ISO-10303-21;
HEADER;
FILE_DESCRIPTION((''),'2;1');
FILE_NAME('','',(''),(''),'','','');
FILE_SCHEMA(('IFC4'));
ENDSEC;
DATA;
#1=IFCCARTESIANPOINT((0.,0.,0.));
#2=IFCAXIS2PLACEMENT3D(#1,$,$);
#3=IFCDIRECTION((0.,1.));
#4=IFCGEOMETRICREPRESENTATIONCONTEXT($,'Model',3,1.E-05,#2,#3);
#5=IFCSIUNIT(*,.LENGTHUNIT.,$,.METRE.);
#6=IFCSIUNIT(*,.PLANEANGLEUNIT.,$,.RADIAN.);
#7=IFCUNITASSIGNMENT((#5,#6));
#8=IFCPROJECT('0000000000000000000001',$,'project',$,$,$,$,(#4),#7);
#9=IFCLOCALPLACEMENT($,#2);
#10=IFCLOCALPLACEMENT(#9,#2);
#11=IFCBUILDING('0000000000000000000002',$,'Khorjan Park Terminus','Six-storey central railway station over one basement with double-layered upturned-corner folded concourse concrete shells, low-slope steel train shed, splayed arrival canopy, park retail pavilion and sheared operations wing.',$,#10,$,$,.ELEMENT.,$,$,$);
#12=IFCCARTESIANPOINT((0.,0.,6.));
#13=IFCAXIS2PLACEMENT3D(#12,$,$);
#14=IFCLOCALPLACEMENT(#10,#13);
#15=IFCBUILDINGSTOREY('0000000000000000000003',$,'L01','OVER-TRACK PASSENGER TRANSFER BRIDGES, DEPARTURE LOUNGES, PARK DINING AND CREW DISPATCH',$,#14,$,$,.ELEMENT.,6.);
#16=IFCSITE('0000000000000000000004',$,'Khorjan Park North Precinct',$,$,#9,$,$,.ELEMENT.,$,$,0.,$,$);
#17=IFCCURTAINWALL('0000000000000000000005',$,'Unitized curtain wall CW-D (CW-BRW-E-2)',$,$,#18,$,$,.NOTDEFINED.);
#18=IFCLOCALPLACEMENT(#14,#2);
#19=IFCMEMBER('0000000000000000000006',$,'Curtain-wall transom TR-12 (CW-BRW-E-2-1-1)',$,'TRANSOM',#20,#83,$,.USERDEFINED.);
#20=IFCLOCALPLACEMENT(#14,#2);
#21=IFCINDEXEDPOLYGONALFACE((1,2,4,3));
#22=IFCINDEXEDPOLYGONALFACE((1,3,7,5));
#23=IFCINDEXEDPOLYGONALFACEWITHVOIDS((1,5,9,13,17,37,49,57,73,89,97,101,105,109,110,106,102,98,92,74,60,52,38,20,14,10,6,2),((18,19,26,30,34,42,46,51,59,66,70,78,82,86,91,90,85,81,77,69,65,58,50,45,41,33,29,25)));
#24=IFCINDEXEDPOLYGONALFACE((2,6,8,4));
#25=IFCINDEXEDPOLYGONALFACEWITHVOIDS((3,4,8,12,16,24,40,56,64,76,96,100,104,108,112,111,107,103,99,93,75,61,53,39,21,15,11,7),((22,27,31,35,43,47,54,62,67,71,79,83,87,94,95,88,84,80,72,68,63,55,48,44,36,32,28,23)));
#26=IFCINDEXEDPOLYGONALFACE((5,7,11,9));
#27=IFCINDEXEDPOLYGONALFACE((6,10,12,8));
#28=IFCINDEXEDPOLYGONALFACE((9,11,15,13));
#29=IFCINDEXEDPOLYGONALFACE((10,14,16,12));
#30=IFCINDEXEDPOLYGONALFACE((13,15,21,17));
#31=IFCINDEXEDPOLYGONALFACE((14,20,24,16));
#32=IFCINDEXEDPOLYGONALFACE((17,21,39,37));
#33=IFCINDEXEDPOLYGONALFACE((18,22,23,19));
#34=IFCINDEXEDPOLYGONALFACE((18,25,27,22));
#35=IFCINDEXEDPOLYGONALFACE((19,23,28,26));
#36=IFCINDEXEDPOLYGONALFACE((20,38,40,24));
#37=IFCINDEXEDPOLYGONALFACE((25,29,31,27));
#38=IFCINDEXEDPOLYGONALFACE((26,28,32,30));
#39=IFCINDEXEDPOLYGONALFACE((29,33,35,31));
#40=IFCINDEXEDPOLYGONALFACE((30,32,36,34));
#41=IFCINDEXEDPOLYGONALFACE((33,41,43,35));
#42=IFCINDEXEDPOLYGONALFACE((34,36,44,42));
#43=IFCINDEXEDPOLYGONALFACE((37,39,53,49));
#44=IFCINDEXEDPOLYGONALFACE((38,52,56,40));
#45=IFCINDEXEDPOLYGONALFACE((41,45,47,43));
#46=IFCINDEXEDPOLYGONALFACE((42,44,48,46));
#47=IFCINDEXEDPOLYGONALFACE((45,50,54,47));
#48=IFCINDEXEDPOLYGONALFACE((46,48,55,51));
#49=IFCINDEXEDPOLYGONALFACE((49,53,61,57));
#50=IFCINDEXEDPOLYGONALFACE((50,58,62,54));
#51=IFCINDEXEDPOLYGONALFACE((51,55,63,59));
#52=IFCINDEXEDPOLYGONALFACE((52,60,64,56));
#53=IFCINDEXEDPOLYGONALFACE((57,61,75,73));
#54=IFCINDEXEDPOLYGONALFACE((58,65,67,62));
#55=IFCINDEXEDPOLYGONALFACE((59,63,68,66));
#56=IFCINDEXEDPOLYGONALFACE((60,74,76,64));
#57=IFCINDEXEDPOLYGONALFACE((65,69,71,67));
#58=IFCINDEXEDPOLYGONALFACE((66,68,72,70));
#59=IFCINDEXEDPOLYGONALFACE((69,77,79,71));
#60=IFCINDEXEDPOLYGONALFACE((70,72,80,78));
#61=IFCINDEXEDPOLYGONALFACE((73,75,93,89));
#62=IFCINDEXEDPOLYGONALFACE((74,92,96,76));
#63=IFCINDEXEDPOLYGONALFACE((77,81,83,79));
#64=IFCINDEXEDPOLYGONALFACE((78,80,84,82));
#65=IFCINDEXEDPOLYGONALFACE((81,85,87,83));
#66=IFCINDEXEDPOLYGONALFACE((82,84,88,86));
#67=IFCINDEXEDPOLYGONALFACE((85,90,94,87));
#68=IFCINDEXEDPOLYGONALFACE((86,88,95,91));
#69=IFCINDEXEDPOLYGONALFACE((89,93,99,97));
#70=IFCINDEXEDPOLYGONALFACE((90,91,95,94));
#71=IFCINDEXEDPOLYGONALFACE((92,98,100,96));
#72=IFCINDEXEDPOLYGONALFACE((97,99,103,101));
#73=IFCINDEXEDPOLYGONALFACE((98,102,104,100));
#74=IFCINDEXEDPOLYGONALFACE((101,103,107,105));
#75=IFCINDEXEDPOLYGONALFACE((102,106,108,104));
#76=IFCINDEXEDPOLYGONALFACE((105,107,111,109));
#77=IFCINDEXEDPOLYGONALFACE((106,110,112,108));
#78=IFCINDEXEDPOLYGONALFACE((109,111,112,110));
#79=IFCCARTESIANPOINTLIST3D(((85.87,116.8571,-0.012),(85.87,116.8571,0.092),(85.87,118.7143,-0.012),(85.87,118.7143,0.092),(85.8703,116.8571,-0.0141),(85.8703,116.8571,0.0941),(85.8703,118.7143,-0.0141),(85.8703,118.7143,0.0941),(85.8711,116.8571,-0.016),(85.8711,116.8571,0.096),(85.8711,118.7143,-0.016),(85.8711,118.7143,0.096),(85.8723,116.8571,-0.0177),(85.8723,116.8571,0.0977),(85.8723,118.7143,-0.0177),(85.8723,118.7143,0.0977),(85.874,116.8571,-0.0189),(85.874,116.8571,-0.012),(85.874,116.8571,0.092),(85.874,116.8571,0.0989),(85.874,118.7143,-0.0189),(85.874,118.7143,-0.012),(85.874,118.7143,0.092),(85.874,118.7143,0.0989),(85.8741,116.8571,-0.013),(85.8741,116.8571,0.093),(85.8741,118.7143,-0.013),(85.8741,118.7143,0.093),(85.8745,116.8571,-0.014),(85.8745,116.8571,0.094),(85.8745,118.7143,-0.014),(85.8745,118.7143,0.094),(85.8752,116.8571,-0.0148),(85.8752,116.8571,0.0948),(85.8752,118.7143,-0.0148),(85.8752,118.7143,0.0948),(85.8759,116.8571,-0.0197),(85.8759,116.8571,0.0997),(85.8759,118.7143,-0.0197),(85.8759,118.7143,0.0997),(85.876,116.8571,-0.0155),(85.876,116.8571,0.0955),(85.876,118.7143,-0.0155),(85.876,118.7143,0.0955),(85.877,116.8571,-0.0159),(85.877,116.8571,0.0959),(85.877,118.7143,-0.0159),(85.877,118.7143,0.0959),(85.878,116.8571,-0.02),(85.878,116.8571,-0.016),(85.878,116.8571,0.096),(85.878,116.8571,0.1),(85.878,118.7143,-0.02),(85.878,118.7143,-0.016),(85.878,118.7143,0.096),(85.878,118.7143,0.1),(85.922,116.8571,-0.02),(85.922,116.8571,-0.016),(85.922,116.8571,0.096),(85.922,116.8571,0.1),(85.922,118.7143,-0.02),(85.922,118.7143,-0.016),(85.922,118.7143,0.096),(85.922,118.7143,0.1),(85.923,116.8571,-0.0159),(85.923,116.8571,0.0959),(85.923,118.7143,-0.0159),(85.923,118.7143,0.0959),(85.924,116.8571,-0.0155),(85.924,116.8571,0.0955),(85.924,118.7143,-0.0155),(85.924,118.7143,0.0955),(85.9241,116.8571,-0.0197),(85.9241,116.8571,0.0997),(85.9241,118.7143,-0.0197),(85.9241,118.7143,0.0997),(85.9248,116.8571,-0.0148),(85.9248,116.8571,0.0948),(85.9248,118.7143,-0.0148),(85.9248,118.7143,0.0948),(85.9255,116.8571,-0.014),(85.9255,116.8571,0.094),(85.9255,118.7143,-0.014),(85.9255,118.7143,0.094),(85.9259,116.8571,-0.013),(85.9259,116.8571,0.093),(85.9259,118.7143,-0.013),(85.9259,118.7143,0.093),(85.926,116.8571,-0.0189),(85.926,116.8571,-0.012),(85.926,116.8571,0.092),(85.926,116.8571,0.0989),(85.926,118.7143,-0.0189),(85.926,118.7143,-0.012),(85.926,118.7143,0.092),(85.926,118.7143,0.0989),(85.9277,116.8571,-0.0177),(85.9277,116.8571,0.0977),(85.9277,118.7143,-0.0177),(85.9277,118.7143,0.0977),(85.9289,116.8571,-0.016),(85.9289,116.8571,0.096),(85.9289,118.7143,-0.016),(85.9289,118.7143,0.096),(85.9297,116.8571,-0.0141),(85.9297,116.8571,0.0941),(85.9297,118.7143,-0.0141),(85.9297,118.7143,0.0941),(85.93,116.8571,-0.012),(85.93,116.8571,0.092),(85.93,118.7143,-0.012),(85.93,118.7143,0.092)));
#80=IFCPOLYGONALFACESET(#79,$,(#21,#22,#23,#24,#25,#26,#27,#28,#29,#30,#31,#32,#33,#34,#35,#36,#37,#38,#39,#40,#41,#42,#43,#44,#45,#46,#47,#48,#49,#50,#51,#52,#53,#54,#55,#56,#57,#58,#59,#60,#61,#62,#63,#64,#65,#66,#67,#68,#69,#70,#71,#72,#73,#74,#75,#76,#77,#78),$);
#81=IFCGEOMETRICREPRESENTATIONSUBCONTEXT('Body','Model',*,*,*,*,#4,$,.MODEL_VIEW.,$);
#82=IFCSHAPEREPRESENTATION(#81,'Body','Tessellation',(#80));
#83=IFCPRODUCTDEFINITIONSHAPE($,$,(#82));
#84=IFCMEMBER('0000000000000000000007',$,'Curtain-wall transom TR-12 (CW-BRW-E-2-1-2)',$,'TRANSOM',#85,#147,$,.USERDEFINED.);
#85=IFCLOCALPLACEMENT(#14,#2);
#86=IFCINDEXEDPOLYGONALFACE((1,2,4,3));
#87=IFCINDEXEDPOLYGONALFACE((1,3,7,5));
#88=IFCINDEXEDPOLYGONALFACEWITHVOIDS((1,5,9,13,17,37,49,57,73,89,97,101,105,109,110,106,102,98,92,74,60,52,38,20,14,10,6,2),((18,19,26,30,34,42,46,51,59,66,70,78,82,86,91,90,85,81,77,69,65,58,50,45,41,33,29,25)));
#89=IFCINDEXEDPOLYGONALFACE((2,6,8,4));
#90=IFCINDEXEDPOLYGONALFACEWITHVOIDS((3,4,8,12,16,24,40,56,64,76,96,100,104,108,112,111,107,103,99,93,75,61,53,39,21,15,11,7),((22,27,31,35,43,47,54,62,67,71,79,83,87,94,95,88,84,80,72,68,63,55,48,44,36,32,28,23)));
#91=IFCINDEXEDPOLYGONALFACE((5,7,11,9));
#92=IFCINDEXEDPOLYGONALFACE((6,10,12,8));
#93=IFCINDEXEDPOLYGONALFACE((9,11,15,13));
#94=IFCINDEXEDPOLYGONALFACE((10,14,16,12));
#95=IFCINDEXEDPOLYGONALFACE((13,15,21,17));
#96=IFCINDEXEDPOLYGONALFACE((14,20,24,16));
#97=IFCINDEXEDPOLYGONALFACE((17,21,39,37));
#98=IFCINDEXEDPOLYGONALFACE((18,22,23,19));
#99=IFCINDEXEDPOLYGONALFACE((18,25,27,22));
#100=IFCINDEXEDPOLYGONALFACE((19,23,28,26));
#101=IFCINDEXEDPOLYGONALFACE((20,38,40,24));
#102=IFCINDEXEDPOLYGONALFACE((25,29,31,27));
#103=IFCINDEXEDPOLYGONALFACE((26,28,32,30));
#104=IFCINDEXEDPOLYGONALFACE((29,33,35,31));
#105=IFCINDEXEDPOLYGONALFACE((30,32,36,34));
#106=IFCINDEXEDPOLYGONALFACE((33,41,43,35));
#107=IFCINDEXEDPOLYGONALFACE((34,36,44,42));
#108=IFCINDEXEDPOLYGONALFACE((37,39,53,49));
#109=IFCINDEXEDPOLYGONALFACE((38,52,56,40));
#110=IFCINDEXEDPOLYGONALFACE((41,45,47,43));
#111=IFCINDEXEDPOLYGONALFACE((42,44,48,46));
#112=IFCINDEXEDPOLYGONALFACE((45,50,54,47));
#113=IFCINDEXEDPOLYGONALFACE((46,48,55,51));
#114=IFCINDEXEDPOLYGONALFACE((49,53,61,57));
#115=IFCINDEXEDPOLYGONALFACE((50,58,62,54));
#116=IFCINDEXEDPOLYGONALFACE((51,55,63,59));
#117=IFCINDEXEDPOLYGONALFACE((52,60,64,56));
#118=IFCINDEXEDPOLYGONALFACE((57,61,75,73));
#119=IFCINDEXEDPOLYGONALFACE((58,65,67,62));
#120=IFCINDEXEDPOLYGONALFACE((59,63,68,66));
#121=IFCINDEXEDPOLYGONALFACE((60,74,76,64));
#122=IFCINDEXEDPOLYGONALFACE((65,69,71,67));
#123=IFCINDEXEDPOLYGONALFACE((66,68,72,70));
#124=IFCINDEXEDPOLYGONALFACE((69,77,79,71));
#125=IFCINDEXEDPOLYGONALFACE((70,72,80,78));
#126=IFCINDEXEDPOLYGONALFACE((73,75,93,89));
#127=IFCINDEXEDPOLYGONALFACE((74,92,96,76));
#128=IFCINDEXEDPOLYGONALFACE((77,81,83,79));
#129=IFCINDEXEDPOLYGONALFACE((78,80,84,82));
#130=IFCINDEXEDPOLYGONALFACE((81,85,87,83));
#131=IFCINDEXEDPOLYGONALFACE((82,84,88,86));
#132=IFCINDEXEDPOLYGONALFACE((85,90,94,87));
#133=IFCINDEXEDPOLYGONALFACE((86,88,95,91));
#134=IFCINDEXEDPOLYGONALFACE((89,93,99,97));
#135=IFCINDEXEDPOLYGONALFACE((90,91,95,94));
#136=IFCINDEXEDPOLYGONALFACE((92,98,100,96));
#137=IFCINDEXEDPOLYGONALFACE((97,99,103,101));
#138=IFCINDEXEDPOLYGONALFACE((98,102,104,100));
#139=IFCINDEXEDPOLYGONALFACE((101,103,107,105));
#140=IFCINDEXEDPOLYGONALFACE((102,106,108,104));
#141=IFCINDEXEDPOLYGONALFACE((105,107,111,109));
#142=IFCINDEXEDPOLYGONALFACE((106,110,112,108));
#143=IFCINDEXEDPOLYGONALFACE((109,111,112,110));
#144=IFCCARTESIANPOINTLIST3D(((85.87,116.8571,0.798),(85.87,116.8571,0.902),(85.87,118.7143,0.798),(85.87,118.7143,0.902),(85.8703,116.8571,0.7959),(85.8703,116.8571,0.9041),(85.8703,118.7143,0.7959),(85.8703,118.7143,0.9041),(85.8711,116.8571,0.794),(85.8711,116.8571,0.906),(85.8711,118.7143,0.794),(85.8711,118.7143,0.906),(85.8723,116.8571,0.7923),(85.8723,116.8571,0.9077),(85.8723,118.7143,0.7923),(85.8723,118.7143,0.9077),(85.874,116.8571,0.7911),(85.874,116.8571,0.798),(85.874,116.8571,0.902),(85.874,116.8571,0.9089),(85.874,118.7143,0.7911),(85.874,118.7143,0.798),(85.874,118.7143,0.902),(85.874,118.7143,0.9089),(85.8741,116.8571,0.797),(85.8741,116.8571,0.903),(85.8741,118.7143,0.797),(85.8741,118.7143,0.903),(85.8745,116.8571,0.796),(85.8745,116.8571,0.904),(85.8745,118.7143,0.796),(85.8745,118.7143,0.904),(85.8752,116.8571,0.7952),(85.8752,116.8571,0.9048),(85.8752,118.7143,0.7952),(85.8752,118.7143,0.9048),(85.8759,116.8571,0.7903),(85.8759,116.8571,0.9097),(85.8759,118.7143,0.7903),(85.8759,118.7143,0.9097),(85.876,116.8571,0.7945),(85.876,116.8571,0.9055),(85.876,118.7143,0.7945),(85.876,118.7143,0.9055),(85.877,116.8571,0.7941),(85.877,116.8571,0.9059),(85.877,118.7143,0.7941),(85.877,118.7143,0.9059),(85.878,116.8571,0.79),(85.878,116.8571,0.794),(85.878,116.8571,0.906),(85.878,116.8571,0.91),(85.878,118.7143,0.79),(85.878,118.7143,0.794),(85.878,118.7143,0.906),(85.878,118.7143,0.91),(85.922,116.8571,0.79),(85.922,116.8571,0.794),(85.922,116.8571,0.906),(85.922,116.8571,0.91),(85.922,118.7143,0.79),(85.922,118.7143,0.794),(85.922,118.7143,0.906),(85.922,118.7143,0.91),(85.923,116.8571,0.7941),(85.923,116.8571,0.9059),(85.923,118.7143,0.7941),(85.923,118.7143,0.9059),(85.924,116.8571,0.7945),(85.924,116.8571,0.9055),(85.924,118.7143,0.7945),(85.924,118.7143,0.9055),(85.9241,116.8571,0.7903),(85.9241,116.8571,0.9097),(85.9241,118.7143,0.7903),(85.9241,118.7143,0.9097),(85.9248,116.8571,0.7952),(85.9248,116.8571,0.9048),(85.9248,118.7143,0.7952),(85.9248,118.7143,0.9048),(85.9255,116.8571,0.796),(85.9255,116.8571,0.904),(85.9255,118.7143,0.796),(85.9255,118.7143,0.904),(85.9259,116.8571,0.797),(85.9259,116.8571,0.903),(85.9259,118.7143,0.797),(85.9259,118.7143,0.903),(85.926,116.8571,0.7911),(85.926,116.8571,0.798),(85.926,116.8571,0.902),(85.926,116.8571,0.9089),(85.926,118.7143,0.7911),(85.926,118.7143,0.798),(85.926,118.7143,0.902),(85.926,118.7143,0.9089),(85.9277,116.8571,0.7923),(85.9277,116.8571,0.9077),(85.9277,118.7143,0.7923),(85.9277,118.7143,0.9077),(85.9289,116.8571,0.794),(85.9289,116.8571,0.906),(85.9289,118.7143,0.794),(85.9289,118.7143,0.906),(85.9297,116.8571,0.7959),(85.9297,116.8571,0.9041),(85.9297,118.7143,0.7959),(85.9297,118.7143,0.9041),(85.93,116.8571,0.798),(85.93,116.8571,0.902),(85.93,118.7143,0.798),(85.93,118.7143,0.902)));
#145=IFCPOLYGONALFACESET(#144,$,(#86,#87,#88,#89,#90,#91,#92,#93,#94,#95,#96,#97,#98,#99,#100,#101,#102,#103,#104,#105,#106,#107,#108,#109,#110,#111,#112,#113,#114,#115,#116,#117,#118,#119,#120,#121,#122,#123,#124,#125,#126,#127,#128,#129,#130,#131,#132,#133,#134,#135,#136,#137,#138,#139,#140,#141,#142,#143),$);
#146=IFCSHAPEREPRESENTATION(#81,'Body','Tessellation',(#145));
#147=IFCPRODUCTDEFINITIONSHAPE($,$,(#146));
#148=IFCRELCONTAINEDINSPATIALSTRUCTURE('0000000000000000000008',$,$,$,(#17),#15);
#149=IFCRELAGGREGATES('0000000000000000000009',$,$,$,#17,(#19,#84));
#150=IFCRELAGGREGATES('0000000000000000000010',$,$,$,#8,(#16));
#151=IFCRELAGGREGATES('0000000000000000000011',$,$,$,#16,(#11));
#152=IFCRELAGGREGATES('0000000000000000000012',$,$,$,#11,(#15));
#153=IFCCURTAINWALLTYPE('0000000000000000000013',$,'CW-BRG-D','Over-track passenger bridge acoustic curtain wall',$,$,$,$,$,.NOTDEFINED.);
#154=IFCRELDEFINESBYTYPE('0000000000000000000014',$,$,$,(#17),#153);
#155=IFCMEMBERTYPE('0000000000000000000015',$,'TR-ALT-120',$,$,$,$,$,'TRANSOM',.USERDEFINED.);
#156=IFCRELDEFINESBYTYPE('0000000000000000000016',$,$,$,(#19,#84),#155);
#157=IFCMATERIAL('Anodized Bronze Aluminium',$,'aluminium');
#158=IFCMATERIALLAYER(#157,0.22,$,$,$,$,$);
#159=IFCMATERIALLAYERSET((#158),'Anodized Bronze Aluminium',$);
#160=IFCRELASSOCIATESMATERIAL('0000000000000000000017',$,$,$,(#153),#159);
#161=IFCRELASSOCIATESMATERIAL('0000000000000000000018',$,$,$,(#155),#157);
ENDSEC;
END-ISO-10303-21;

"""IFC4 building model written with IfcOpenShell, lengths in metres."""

from ifc_helpers import new_model, si_unit, direction, frame, origin, origin_2d, place, context, subcontext, project, spatial, hollow_rectangle, extrude, material, layer, layer_set, material_profile, profile_set, type_object, element, aggregate, save


model = new_model("IFC4")

# Units and contexts
model_context = context("Model", 3, precision=1e-05, world=origin(), true_north=direction((0.0, 1.0)))
body_context = subcontext(model_context, "Body", "Model", "MODEL_VIEW")
ifc_project = project(units=[si_unit("LENGTHUNIT", "METRE"), si_unit("PLANEANGLEUNIT", "RADIAN")], contexts=[model_context])

# Site, building, storey
site_placement = place(None, origin())
site = spatial("IfcSite", under=ifc_project, at=site_placement, Name="Khorjan Park North Precinct", CompositionType="ELEMENT", RefElevation=0.0)
building_placement = place(site_placement, origin())
building = spatial("IfcBuilding", under=site, at=building_placement, Name="Khorjan Park Terminus", Description="Six-storey central railway station over one basement with double-layered upturned-corner folded concourse concrete shells, low-slope steel train shed, splayed arrival canopy, park retail pavilion and sheared operations wing.", CompositionType="ELEMENT")
storey_placement = place(building_placement, frame((0.0, 0.0, 6.0)))
storey = spatial("IfcBuildingStorey", under=building, at=storey_placement, Name="L01", Description="OVER-TRACK PASSENGER TRANSFER BRIDGES, DEPARTURE LOUNGES, PARK DINING AND CREW DISPATCH", CompositionType="ELEMENT", Elevation=6.0)

# Shared definitions
ifc_material_1 = material(Name="Anodized Bronze Aluminium", Category="aluminium")
ifc_layer_1 = layer(ifc_material_1, 0.22)
ifc_layer_set_1 = layer_set([ifc_layer_1], Name="Anodized Bronze Aluminium")
curtain_wall_type = type_object("IfcCurtainWallType", Name="CW-BRG-D", Description="Over-track passenger bridge acoustic curtain wall", PredefinedType="NOTDEFINED", material=ifc_layer_set_1)

# Curtain wall
curtain_wall_1_placement = place(storey_placement, origin())
curtain_wall_1 = element("IfcCurtainWall", 1, at=curtain_wall_1_placement, inside=storey, type_object=curtain_wall_type, Name="Unitized curtain wall CW-D (CW-BRW-E-2)", PredefinedType="NOTDEFINED")

# Members
ifc_material_profile_1 = material_profile(ifc_material_1, hollow_rectangle(XDim=0.06, YDim=0.12, WallThickness=0.004, InnerFilletRadius=0.004, OuterFilletRadius=0.008, at=origin_2d()), Name="ALT 60x120x4")
ifc_profile_set_1 = profile_set([ifc_material_profile_1], Name="Anodized Bronze Aluminium")
member_type_1 = type_object("IfcMemberType", Name="TR-ALT-120", ElementType="TRANSOM", PredefinedType="USERDEFINED", material=ifc_profile_set_1)
member_1_placement = place(storey_placement, frame((85.9, 116.8571, 0.04), z_axis=(0.0, 1.0, 0.0), x_axis=(-1.0, 0.0, 0.0)))
member_1 = element("IfcMember", 2, at=member_1_placement, type_object=member_type_1, Name="Curtain-wall transom TR-12 (CW-BRW-E-2-1-1)", ObjectType="TRANSOM", PredefinedType="USERDEFINED", context=body_context, shape_type="SweptSolid", body=[
    extrude(hollow_rectangle(XDim=0.06, YDim=0.12, WallThickness=0.004, InnerFilletRadius=0.004, OuterFilletRadius=0.008, at=origin_2d()), origin(), (0.0, 0.0, 1.0), 1.8572),
])
member_2_placement = place(storey_placement, frame((85.9, 116.8571, 0.85), z_axis=(0.0, 1.0, 0.0), x_axis=(-1.0, 0.0, 0.0)))
member_2 = element("IfcMember", 3, at=member_2_placement, type_object=member_type_1, Name="Curtain-wall transom TR-12 (CW-BRW-E-2-1-2)", ObjectType="TRANSOM", PredefinedType="USERDEFINED", context=body_context, shape_type="SweptSolid", body=[
    extrude(hollow_rectangle(XDim=0.06, YDim=0.12, WallThickness=0.004, InnerFilletRadius=0.004, OuterFilletRadius=0.008, at=origin_2d()), origin(), (0.0, 0.0, 1.0), 1.8572),
])

aggregate(curtain_wall_1, [member_1, member_2])

save(model, "model.ifc")
